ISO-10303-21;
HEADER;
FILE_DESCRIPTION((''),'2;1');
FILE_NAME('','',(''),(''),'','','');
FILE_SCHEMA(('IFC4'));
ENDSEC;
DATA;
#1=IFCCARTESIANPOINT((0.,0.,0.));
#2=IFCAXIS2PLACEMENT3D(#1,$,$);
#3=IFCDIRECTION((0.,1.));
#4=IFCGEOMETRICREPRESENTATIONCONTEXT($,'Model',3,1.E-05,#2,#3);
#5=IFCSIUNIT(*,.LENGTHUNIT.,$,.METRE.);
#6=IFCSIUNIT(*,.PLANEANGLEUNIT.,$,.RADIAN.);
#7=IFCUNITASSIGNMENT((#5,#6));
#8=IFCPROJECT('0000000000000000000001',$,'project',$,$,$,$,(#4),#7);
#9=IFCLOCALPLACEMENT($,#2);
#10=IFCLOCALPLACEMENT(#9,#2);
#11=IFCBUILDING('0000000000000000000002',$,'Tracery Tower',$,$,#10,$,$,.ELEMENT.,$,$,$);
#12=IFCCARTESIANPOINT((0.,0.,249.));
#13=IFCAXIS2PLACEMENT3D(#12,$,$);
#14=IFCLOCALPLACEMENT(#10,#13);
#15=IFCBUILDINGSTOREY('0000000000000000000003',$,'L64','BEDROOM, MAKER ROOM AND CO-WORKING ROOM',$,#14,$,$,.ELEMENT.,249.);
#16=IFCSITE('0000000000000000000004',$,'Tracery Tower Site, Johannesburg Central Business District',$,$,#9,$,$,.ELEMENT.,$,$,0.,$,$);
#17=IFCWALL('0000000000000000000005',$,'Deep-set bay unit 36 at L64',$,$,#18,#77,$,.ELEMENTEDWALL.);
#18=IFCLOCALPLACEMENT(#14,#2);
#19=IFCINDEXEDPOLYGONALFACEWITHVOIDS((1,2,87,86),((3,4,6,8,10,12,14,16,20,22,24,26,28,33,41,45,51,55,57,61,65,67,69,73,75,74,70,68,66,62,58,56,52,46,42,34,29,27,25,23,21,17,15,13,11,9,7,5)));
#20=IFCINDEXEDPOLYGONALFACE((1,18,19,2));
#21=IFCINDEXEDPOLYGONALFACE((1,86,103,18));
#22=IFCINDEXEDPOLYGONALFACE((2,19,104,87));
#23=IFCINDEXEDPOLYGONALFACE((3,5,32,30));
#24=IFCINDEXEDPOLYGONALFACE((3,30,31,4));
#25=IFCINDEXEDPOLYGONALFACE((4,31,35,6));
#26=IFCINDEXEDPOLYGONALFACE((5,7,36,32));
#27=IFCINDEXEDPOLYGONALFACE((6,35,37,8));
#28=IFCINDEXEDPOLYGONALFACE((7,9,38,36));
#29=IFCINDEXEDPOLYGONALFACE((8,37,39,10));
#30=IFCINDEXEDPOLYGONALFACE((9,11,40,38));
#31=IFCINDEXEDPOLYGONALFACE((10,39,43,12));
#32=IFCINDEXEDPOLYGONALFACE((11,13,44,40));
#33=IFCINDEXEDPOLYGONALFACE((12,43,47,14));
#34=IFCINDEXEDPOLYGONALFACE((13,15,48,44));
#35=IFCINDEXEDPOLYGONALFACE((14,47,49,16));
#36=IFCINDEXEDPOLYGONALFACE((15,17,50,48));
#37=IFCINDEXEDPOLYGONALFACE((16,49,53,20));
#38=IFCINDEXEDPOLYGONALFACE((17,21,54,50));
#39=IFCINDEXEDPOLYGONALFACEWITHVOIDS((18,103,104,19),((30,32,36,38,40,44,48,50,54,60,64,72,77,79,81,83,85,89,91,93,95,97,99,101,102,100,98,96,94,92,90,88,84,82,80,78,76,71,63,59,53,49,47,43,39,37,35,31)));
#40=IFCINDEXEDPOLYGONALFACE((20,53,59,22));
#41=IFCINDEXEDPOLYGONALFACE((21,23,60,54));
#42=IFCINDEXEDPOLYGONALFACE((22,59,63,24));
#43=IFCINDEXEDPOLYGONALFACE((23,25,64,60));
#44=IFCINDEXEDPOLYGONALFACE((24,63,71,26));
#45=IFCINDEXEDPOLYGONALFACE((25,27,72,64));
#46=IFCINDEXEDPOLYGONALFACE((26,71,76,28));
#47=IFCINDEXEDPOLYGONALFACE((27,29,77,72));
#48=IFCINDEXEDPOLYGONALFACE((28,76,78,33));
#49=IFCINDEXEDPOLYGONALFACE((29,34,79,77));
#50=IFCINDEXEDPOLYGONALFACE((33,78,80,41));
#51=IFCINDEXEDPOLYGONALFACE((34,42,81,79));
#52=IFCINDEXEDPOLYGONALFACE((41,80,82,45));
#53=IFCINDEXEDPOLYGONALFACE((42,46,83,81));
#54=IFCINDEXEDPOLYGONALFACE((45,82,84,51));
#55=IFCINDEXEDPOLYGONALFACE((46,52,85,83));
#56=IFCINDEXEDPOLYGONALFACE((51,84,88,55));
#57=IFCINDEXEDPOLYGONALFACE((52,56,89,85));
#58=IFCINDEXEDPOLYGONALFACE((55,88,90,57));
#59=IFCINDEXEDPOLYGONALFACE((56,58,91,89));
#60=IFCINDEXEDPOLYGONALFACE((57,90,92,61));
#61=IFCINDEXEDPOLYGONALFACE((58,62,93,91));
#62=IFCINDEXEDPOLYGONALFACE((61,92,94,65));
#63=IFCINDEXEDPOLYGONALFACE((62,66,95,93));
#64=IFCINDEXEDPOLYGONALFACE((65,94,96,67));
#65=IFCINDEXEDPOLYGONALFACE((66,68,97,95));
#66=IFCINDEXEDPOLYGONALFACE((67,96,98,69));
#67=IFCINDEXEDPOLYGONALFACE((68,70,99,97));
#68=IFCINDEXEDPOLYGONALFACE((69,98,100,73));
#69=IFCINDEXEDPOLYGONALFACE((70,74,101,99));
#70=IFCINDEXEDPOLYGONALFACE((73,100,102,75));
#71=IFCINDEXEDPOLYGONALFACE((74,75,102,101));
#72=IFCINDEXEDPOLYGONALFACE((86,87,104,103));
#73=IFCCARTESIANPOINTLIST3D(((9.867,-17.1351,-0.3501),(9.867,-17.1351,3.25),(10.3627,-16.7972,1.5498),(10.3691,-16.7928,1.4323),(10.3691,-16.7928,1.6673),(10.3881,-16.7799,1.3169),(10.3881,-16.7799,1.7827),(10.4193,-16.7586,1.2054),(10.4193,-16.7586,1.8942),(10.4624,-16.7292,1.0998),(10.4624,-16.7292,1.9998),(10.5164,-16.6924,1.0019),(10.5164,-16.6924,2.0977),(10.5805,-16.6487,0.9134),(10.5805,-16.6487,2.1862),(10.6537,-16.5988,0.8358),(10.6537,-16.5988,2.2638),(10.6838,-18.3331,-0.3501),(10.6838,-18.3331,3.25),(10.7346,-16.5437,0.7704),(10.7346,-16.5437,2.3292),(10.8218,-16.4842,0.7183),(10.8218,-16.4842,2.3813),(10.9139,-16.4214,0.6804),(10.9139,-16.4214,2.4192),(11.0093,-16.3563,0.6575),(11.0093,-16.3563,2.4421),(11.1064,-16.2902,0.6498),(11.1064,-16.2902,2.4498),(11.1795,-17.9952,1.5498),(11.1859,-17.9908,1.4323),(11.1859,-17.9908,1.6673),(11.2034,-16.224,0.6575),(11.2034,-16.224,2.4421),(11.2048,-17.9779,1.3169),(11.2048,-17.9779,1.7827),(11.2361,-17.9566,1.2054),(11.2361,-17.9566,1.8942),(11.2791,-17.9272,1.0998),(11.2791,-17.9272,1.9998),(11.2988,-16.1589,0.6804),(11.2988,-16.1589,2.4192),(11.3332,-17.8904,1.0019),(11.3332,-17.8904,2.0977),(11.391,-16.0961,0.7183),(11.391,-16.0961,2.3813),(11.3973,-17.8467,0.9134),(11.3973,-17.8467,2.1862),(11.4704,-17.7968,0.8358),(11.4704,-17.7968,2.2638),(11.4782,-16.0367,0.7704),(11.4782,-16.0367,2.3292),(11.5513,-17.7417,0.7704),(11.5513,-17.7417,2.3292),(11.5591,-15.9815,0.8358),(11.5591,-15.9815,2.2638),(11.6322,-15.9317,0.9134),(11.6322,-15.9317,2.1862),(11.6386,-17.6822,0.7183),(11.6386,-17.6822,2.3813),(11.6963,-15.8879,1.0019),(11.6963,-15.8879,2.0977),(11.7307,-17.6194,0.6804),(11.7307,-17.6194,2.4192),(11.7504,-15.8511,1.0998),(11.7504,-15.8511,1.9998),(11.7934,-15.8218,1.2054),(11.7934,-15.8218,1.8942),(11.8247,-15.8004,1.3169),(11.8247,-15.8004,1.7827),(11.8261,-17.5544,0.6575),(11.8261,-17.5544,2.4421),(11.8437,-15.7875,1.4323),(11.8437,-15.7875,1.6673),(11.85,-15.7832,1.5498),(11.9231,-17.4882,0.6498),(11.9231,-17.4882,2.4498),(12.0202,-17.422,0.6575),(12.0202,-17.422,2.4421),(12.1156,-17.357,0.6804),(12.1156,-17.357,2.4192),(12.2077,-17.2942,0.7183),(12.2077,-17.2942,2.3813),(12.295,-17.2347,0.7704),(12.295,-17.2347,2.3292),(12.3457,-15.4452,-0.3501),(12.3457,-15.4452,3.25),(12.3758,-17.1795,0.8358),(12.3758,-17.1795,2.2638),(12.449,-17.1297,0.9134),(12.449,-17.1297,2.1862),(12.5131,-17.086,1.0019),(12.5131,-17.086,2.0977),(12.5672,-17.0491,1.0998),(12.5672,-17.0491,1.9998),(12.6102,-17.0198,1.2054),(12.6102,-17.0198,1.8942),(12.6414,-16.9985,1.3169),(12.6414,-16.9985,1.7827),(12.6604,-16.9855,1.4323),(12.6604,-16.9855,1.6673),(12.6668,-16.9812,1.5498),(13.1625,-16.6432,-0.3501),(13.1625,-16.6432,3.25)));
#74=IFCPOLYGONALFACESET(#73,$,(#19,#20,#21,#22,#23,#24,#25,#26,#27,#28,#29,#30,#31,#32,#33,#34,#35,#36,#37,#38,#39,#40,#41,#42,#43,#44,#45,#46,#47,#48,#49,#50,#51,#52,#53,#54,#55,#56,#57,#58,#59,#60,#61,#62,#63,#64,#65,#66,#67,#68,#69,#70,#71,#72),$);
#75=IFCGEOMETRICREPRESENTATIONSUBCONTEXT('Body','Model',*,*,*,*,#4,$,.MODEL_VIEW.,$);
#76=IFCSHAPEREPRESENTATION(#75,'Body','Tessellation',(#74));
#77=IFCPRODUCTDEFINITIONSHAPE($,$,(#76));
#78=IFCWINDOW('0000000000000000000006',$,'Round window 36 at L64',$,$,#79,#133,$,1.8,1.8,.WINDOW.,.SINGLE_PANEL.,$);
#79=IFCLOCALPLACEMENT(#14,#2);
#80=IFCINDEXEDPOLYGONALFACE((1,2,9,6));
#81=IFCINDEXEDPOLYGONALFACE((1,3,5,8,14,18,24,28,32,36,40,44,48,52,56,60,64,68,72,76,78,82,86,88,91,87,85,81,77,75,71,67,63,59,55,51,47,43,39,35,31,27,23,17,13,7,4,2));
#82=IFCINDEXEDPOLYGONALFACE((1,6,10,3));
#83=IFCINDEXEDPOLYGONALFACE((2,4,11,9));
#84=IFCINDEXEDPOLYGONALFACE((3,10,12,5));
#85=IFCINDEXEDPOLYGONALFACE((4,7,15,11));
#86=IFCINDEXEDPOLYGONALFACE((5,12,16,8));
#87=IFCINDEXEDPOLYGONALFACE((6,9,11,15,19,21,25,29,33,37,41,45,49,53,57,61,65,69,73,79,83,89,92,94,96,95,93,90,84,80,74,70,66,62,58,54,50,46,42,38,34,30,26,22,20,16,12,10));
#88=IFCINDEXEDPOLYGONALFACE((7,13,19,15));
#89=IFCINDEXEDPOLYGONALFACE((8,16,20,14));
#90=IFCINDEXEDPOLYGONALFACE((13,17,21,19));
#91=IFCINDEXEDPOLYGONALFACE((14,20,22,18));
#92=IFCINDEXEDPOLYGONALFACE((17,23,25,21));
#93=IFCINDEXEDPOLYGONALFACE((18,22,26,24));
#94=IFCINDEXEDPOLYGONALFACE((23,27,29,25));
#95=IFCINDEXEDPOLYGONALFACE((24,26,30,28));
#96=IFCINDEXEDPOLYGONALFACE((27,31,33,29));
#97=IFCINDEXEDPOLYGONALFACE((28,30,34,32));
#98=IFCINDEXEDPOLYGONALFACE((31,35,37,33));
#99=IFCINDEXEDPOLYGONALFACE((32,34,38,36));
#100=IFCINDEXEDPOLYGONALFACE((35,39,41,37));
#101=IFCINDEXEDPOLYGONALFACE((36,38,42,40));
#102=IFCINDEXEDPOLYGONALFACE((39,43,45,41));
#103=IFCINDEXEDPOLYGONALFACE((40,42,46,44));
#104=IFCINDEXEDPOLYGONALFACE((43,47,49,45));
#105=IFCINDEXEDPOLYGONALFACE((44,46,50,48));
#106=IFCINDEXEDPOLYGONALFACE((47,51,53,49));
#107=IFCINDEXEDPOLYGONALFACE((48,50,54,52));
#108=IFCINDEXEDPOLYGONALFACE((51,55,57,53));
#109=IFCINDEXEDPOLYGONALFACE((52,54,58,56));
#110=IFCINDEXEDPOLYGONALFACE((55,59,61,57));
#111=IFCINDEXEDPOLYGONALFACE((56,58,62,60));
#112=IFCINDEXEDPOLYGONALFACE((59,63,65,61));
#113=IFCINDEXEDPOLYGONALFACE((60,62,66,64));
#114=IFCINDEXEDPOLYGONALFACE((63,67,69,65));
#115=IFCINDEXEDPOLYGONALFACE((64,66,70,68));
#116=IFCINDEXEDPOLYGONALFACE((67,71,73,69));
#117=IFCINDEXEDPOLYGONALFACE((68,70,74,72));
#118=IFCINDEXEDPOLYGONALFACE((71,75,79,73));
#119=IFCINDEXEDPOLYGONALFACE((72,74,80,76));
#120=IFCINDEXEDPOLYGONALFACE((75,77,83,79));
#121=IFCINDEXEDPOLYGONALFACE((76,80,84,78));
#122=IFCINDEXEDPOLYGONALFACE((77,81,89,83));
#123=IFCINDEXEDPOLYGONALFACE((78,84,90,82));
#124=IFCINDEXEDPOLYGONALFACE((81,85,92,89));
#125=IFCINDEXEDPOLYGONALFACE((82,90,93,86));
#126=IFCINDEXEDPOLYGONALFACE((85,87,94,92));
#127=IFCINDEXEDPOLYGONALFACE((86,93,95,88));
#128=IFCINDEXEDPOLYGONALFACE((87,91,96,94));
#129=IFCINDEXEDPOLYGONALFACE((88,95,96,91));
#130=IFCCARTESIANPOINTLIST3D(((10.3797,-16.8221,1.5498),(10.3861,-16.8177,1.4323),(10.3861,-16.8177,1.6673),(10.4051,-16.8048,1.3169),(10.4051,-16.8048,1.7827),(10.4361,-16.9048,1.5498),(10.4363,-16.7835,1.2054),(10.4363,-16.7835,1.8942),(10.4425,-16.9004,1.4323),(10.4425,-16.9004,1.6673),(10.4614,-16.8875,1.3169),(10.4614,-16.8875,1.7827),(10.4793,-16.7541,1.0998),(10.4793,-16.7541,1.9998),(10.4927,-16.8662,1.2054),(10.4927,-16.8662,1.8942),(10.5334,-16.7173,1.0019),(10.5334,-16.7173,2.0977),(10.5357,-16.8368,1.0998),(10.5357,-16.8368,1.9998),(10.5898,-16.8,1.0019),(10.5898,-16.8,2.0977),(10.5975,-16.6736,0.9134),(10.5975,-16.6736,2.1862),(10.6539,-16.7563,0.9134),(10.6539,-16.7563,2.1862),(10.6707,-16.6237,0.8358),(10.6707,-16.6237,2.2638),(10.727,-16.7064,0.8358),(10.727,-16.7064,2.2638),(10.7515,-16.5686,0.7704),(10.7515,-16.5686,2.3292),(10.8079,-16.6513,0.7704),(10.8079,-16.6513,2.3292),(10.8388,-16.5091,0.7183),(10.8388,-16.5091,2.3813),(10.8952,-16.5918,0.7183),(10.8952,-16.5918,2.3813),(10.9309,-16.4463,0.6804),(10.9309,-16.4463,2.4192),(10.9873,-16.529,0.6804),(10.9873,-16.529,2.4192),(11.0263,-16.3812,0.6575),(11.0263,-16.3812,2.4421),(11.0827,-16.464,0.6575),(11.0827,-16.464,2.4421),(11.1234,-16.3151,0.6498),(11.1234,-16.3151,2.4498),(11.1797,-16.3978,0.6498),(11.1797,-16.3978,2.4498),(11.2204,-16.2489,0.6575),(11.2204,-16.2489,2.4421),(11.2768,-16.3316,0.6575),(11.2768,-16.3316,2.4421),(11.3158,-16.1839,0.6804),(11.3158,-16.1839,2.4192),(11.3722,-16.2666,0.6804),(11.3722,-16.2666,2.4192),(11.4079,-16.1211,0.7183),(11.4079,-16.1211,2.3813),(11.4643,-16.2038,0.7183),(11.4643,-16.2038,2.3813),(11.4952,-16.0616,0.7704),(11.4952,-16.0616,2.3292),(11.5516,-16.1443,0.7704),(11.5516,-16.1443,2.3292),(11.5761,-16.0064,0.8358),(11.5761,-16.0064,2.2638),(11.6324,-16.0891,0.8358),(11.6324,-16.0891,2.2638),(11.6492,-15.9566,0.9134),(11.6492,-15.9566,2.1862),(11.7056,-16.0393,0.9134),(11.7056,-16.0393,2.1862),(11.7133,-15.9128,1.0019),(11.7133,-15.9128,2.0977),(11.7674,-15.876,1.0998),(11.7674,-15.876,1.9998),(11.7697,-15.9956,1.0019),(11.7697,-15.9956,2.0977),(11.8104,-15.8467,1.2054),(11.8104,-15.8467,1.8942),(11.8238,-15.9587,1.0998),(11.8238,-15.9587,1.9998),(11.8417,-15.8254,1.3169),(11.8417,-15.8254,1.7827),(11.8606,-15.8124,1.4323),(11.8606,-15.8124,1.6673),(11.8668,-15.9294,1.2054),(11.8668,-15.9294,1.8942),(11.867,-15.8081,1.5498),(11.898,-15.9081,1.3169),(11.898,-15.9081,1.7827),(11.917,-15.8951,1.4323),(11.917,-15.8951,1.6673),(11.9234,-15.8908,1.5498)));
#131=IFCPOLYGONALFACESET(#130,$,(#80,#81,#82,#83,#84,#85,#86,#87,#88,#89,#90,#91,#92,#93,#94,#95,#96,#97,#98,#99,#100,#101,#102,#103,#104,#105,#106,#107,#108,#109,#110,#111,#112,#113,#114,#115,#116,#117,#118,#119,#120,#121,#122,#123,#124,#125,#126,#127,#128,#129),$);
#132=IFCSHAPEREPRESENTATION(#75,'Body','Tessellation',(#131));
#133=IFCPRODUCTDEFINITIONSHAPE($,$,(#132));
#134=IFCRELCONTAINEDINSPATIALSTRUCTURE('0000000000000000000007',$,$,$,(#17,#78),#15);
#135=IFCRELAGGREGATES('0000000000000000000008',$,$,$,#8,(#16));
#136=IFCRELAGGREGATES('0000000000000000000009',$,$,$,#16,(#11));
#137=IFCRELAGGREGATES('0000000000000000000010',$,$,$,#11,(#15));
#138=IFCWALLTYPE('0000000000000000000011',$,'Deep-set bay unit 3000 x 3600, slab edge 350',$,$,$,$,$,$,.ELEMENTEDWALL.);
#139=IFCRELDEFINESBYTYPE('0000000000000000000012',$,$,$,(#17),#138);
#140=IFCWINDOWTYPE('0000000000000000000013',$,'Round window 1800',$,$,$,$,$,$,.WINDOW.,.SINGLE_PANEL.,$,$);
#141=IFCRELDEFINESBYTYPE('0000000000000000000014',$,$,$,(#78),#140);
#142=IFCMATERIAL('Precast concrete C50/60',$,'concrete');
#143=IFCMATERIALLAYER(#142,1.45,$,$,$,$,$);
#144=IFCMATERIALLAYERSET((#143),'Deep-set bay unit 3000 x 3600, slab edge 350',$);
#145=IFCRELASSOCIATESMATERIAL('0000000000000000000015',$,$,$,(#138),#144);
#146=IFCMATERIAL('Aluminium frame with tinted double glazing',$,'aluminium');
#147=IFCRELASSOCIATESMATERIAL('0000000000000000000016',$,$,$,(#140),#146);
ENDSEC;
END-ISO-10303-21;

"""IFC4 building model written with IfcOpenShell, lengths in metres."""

from ifc_helpers import new_model, si_unit, direction, frame, frame_2d, origin, origin_2d, place, context, subcontext, project, spatial, rectangle, circle, extrude, material, layer, layer_set, type_object, element, fill, save


model = new_model("IFC4")

# Units and contexts
model_context = context("Model", 3, precision=1e-05, world=origin(), true_north=direction((0.0, 1.0)))
body_context = subcontext(model_context, "Body", "Model", "MODEL_VIEW")
ifc_project = project(units=[si_unit("LENGTHUNIT", "METRE"), si_unit("PLANEANGLEUNIT", "RADIAN")], contexts=[model_context])

# Site, building, storey
site_placement = place(None, origin())
site = spatial("IfcSite", under=ifc_project, at=site_placement, Name="Tracery Tower Site, Johannesburg Central Business District", CompositionType="ELEMENT", RefElevation=0.0)
building_placement = place(site_placement, origin())
building = spatial("IfcBuilding", under=site, at=building_placement, Name="Tracery Tower", CompositionType="ELEMENT")
storey_placement = place(building_placement, frame((0.0, 0.0, 249.0)))
storey = spatial("IfcBuildingStorey", under=building, at=storey_placement, Name="L64", Description="BEDROOM, MAKER ROOM AND CO-WORKING ROOM", CompositionType="ELEMENT", Elevation=249.0)

# Wall, opening, window
ifc_material_1 = material(Name="Precast concrete C50/60", Category="concrete")
ifc_layer_1 = layer(ifc_material_1, 1.45)
ifc_layer_set_1 = layer_set([ifc_layer_1], Name="Deep-set bay unit 3000 x 3600, slab edge 350")
wall_type_1 = type_object("IfcWallType", Name="Deep-set bay unit 3000 x 3600, slab edge 350", PredefinedType="ELEMENTEDWALL", material=ifc_layer_set_1)
wall_1_placement = place(storey_placement, frame((10.2754, -17.7341, -0.3501), z_axis=(0.0, 0.0, 1.0), x_axis=(0.826246, 0.563309, 0.0)))
wall_1 = element("IfcWall", 1, at=wall_1_placement, inside=storey, type_object=wall_type_1, Name="Deep-set bay unit 36 at L64", PredefinedType="ELEMENTEDWALL", context=body_context, shape_type="SweptSolid", body=[
    extrude(rectangle(XDim=3.0, YDim=1.45, at=frame_2d((1.5, 0.0))), origin(), (0.0, 0.0, 1.0), 3.6001),
])
opening_1_placement = place(wall_1_placement, frame((1.5, 0.0, 1.8999)))
opening_1 = element("IfcOpeningElement", 2, at=opening_1_placement, cuts=wall_1, PredefinedType="OPENING", context=body_context, shape_type="SweptSolid", body=[
    extrude(circle(Radius=0.9, at=origin_2d()), frame((0.0, 0.7349, 0.0), z_axis=(0.0, -1.0, 0.0), x_axis=(1.0, 0.0, 0.0)), (0.0, 0.0, 1.0), 1.47),
])
ifc_material_2 = material(Name="Aluminium frame with tinted double glazing", Category="aluminium")
window_type = type_object("IfcWindowType", Name="Round window 1800", PartitioningType="SINGLE_PANEL", PredefinedType="WINDOW", material=ifc_material_2)
window_1_placement = place(opening_1_placement, origin())
window_1 = element("IfcWindow", 3, at=window_1_placement, inside=storey, type_object=window_type, Name="Round window 36 at L64", OverallHeight=1.8, OverallWidth=1.8, PartitioningType="SINGLE_PANEL", PredefinedType="WINDOW", context=body_context, shape_type="SweptSolid", body=[
    extrude(circle(Radius=0.9, at=origin_2d()), frame((0.0, 0.6948, 0.0), z_axis=(0.0, -1.0, 0.0), x_axis=(1.0, 0.0, 0.0)), (0.0, 0.0, 1.0), 0.1001),
])
fill(opening_1, window_1)

save(model, "model.ifc")
